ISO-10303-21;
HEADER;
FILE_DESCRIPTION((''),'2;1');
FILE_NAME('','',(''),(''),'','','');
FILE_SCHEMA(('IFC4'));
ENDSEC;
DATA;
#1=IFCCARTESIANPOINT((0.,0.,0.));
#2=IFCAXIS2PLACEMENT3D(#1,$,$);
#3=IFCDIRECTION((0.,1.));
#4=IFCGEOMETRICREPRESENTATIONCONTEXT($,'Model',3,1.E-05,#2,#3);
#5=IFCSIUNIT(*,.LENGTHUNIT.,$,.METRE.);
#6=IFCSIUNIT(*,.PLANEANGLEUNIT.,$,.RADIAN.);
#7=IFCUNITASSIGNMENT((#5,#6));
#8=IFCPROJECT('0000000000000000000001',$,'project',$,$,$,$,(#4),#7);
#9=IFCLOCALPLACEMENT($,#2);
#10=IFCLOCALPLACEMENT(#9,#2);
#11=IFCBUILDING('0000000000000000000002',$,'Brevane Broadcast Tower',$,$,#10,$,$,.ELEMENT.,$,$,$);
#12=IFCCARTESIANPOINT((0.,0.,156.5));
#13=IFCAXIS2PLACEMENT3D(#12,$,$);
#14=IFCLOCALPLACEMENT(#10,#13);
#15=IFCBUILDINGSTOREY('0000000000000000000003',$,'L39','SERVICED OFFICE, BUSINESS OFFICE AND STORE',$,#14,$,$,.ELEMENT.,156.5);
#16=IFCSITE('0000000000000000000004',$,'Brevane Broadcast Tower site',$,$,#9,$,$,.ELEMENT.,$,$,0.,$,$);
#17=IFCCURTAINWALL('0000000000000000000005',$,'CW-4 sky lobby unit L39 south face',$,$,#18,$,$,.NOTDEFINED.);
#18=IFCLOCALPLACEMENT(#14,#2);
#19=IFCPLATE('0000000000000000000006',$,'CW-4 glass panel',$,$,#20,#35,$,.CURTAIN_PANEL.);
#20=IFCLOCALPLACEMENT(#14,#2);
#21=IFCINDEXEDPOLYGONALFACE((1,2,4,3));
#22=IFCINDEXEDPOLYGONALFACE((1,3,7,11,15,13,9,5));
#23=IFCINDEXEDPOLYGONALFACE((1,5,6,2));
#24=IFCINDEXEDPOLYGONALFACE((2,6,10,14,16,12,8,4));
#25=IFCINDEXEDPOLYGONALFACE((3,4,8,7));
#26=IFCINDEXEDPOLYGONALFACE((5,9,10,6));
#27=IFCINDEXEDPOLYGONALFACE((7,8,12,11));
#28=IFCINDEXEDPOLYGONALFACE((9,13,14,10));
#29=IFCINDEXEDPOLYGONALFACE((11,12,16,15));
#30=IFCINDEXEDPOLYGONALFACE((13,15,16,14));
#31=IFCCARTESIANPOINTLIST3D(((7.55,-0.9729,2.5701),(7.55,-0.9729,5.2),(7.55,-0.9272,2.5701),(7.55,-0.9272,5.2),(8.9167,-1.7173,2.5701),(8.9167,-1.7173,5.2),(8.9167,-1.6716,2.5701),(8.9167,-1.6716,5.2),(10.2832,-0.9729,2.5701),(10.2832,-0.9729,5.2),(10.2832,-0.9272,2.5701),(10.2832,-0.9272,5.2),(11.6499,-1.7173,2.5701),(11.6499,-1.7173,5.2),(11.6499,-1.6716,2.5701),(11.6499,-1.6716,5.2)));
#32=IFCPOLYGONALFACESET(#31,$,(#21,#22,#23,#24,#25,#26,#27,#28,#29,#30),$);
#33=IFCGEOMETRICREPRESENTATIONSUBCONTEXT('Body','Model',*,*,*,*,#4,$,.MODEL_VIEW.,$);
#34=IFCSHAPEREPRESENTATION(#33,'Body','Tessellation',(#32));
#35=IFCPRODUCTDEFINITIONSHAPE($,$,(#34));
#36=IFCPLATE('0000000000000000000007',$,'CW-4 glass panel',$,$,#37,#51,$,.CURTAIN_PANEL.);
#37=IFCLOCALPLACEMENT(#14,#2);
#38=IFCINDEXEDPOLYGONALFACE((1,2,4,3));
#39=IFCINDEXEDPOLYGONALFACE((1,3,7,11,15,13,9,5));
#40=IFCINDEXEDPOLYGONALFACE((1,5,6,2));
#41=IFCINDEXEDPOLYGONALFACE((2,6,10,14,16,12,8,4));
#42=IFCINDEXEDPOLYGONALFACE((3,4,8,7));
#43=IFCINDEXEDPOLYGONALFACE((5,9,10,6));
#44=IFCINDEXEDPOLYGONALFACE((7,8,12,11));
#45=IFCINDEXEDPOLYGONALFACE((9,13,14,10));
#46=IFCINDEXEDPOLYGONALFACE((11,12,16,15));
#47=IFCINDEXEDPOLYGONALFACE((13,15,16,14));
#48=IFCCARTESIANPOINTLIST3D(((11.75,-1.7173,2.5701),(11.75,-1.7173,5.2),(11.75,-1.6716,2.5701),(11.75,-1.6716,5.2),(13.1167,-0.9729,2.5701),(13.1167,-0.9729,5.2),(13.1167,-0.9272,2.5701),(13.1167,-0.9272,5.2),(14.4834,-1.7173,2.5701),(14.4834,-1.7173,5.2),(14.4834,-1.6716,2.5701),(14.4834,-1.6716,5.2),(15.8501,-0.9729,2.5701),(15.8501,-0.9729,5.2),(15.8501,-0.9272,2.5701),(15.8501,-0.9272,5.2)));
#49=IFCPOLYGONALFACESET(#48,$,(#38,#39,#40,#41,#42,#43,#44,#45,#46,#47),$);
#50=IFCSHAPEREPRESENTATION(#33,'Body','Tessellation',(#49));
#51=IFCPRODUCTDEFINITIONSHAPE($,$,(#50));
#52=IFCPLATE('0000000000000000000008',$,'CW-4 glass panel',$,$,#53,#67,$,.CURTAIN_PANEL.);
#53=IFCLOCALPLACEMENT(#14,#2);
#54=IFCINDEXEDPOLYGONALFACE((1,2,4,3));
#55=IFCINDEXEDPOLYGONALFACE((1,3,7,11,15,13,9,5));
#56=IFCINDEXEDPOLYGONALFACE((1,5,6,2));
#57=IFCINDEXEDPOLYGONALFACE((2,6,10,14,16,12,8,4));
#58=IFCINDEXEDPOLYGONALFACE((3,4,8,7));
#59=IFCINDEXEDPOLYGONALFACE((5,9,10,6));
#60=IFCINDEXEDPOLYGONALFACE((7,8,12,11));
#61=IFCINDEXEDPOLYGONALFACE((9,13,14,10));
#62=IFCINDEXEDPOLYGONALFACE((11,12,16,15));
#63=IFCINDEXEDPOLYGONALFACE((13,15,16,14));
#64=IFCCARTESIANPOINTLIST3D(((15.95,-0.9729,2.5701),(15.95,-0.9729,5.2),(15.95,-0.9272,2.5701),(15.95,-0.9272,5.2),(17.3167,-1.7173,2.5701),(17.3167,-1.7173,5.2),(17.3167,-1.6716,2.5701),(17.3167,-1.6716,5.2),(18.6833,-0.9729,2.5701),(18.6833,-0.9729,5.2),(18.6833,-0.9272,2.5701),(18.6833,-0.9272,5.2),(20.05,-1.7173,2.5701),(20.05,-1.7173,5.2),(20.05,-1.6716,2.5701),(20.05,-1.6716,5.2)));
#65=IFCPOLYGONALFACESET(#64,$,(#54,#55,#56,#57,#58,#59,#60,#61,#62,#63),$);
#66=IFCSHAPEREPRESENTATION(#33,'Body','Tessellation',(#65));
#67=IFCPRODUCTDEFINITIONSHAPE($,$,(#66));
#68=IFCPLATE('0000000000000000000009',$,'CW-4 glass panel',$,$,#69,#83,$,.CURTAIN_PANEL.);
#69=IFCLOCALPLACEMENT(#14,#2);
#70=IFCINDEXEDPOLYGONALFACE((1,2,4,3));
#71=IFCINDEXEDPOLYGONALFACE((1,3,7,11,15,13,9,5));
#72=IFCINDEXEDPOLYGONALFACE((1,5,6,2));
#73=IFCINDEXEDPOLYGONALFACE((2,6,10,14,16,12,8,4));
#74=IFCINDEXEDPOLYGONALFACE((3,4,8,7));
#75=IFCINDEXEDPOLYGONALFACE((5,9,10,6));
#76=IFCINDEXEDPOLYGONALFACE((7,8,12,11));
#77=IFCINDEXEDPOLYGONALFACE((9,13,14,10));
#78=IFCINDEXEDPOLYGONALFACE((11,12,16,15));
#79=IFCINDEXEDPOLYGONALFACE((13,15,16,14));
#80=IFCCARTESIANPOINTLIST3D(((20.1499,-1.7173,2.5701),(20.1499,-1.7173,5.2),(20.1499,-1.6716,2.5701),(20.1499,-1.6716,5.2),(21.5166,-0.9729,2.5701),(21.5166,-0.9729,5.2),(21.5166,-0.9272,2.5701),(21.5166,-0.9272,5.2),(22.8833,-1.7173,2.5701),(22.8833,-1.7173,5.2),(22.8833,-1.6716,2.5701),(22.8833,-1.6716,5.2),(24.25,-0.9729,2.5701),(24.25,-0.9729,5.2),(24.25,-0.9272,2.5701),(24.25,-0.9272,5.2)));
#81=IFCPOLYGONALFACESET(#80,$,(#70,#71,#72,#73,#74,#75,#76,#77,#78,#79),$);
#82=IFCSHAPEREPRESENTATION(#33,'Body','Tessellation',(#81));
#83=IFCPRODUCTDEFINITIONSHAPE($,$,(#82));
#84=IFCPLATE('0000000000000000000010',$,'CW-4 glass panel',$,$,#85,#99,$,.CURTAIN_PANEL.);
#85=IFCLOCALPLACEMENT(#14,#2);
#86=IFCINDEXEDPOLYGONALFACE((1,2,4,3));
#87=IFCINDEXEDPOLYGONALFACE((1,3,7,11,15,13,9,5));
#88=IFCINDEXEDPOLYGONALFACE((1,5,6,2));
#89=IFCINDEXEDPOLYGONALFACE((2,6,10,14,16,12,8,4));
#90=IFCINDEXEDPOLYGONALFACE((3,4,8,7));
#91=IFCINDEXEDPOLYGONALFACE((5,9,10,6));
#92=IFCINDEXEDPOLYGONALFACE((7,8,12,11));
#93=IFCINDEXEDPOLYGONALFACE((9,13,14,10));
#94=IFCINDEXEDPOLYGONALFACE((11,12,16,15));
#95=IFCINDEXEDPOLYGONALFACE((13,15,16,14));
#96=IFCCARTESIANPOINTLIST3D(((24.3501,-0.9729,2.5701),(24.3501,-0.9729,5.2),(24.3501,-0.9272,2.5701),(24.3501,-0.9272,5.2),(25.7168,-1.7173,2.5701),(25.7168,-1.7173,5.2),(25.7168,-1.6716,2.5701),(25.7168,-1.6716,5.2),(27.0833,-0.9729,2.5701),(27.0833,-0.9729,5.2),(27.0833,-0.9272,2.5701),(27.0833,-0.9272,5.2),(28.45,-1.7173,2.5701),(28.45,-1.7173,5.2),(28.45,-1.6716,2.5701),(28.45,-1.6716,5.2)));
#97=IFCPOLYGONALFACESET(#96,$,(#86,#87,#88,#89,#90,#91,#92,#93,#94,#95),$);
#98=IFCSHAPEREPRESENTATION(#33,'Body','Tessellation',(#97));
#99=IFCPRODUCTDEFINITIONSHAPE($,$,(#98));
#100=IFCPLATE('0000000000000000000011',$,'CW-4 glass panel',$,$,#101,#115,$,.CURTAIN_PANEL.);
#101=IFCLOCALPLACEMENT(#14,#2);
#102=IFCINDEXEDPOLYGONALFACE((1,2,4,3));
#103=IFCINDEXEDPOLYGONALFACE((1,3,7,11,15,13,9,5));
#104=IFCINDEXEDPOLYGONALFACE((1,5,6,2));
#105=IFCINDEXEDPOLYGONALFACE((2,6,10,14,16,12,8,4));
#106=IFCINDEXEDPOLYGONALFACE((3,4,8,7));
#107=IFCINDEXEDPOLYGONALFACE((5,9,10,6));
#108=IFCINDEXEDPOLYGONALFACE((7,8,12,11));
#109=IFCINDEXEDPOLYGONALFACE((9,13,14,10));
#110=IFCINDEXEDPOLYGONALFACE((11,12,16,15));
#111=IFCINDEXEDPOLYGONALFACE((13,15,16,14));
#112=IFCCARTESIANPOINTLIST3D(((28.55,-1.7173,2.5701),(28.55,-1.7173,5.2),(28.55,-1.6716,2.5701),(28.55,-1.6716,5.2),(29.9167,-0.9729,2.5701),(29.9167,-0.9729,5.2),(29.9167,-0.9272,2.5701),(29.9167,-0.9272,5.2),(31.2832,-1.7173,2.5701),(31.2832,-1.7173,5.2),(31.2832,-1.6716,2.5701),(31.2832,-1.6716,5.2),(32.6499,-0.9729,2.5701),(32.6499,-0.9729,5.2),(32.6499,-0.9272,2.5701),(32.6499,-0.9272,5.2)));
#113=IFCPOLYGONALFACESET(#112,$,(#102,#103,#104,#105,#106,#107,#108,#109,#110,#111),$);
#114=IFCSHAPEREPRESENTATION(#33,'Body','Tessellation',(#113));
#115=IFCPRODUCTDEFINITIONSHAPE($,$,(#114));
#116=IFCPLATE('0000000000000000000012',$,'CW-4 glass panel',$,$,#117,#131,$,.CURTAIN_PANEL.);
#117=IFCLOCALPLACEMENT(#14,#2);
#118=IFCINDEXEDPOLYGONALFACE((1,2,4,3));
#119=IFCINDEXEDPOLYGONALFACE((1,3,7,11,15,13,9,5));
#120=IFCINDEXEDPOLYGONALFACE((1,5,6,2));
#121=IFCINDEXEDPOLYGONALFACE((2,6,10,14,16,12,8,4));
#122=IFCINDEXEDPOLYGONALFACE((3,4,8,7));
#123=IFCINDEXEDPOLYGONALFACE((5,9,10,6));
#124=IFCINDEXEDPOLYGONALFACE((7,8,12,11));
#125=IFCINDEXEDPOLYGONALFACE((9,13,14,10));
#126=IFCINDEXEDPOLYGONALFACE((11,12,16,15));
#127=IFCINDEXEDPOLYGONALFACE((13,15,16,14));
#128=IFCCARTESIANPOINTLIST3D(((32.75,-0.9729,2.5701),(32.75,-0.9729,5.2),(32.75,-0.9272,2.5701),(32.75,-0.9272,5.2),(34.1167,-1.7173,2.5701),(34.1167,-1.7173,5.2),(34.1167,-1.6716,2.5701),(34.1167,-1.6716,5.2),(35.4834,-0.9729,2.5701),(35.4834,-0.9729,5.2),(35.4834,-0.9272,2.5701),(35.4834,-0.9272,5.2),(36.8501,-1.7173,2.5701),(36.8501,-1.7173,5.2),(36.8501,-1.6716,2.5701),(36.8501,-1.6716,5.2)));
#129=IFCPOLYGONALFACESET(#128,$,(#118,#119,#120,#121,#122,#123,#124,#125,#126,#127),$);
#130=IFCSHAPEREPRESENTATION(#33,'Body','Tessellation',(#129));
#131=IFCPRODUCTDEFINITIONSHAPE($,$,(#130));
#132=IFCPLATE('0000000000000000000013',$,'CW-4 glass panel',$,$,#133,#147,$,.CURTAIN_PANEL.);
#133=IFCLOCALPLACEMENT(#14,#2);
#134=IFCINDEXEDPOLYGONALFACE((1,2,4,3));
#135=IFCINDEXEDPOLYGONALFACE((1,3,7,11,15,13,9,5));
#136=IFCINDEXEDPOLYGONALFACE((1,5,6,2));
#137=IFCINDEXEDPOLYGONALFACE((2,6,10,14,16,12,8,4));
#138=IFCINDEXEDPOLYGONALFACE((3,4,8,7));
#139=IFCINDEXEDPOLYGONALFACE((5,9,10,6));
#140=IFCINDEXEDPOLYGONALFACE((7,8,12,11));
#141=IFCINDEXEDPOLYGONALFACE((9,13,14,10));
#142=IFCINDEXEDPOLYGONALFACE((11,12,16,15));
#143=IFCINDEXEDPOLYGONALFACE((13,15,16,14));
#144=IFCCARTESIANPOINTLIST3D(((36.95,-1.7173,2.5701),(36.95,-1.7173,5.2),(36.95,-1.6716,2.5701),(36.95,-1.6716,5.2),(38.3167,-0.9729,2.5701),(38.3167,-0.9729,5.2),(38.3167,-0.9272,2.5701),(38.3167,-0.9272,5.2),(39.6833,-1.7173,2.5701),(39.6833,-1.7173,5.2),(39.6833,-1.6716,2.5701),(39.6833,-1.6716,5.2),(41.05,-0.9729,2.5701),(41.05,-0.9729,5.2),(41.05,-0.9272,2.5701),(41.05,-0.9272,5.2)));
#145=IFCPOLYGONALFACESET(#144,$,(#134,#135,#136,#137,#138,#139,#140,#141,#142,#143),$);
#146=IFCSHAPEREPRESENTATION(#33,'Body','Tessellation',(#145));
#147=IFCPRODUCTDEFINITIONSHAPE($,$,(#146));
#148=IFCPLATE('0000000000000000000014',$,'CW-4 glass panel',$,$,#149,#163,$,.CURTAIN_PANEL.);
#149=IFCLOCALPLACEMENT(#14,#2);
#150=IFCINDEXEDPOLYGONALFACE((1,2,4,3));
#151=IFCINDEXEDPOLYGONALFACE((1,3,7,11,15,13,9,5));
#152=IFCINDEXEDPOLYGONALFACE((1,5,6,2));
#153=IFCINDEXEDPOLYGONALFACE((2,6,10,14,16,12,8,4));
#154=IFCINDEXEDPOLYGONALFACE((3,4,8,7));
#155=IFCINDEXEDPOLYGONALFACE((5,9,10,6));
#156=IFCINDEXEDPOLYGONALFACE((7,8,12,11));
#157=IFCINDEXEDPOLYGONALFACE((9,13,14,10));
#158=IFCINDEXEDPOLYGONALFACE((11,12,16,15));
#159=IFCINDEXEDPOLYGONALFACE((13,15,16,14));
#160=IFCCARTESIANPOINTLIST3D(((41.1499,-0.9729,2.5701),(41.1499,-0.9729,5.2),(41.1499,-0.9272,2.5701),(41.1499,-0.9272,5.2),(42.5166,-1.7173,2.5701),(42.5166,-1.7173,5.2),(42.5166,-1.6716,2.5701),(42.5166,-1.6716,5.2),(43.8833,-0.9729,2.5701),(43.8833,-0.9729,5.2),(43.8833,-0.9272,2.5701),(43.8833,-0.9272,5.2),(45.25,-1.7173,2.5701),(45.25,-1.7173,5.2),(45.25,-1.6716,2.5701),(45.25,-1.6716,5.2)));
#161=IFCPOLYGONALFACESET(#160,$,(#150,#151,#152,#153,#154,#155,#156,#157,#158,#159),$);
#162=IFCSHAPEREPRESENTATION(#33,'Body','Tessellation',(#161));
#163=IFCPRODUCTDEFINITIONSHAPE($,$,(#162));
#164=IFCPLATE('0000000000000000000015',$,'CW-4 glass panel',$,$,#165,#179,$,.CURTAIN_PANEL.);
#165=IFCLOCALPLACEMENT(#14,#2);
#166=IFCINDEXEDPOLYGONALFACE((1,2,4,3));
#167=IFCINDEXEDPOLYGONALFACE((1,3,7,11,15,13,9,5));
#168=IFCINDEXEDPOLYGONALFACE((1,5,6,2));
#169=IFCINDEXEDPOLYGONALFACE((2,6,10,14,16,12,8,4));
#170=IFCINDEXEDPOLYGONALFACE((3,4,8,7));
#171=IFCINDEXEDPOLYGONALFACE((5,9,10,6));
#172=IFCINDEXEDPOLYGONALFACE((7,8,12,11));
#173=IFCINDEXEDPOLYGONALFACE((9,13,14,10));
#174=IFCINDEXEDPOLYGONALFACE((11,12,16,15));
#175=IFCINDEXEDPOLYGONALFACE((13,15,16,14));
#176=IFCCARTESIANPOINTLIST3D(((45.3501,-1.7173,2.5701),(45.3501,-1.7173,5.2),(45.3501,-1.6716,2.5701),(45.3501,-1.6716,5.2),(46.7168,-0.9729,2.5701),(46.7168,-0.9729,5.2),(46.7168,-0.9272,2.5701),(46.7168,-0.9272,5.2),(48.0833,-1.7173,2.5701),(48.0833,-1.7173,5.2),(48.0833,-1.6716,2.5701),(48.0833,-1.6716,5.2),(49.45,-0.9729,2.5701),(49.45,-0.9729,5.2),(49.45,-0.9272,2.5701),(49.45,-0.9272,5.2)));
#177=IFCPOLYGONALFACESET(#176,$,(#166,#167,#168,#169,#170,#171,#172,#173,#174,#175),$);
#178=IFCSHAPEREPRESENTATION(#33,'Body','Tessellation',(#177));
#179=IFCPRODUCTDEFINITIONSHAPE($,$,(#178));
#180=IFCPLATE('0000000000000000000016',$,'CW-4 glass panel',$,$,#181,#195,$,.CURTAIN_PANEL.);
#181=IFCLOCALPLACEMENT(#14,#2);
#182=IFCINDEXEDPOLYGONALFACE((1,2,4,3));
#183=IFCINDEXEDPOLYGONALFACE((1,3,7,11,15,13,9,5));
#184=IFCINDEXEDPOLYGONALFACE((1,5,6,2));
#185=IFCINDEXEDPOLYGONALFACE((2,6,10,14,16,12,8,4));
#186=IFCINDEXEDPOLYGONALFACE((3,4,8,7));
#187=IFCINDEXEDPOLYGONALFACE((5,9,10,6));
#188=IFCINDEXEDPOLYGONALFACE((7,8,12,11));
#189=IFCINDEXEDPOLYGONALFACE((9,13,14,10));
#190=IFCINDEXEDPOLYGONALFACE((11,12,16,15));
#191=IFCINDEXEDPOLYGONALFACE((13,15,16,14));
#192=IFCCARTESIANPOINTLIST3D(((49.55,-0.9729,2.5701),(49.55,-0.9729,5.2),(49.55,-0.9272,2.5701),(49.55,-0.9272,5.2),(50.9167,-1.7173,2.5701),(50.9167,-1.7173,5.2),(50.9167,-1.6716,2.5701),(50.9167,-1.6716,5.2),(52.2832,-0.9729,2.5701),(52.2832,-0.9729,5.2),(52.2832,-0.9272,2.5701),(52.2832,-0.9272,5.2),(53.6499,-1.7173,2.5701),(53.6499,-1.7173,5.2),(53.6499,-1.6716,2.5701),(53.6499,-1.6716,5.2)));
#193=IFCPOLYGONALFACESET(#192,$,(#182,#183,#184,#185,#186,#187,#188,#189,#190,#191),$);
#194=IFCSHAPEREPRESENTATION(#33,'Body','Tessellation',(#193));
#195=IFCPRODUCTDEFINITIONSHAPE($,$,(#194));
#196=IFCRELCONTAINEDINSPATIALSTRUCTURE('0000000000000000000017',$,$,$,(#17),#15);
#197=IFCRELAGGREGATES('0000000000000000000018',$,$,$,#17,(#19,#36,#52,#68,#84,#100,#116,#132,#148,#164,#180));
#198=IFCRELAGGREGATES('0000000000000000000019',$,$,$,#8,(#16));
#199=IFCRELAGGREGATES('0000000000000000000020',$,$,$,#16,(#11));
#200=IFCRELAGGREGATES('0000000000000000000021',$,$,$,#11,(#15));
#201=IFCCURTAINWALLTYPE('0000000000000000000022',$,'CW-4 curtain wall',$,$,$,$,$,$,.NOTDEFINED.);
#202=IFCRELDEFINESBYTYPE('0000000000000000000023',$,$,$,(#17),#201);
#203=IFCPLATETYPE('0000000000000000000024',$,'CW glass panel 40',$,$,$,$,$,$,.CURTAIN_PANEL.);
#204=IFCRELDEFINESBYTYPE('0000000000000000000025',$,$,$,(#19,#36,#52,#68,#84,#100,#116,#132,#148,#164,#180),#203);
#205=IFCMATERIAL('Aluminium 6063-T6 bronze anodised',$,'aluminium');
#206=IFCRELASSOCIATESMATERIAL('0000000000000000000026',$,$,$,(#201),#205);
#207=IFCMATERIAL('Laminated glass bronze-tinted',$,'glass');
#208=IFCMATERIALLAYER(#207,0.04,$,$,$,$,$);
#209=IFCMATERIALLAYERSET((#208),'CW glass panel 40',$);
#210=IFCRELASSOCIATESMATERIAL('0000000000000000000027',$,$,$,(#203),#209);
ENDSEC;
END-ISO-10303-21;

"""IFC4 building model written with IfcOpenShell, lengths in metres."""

from ifc_helpers import new_model, si_unit, direction, frame, origin, place, context, subcontext, project, spatial, polyline, outline, extrude, material, layer, layer_set, type_object, element, aggregate, save


model = new_model("IFC4")

# Units and contexts
model_context = context("Model", 3, precision=1e-05, world=origin(), true_north=direction((0.0, 1.0)))
body_context = subcontext(model_context, "Body", "Model", "MODEL_VIEW")
ifc_project = project(units=[si_unit("LENGTHUNIT", "METRE"), si_unit("PLANEANGLEUNIT", "RADIAN")], contexts=[model_context])

# Site, building, storey
site_placement = place(None, origin())
site = spatial("IfcSite", under=ifc_project, at=site_placement, Name="Brevane Broadcast Tower site", CompositionType="ELEMENT", RefElevation=0.0)
building_placement = place(site_placement, origin())
building = spatial("IfcBuilding", under=site, at=building_placement, Name="Brevane Broadcast Tower", CompositionType="ELEMENT")
storey_placement = place(building_placement, frame((0.0, 0.0, 156.5)))
storey = spatial("IfcBuildingStorey", under=building, at=storey_placement, Name="L39", Description="SERVICED OFFICE, BUSINESS OFFICE AND STORE", CompositionType="ELEMENT", Elevation=156.5)

# Curtain wall, plates
ifc_material_1 = material(Name="Aluminium 6063-T6 bronze anodised", Category="aluminium")
curtain_wall_type = type_object("IfcCurtainWallType", Name="CW-4 curtain wall", PredefinedType="NOTDEFINED", material=ifc_material_1)
curtain_wall_1_placement = place(storey_placement, origin())
curtain_wall_1 = element("IfcCurtainWall", 1, at=curtain_wall_1_placement, inside=storey, type_object=curtain_wall_type, Name="CW-4 sky lobby unit L39 south face", PredefinedType="NOTDEFINED")
ifc_material_2 = material(Name="Laminated glass bronze-tinted", Category="glass")
ifc_layer = layer(ifc_material_2, 0.04)
ifc_layer_set = layer_set([ifc_layer], Name="CW glass panel 40")
plate_type = type_object("IfcPlateType", Name="CW glass panel 40", PredefinedType="CURTAIN_PANEL", material=ifc_layer_set)
plate_1_placement = place(storey_placement, frame((0.0, 0.0, 2.5701)))
plate_1 = element("IfcPlate", 2, at=plate_1_placement, type_object=plate_type, Name="CW-4 glass panel", PredefinedType="CURTAIN_PANEL", context=body_context, shape_type="SweptSolid", body=[
    extrude(outline(polyline([(7.55, -0.9272), (7.55, -0.9729), (8.9167, -1.7173), (10.2832, -0.9729), (11.6499, -1.7173), (11.6499, -1.6716), (10.2832, -0.9272), (8.9167, -1.6716), (7.55, -0.9272)])), origin(), (0.0, 0.0, 1.0), 2.6299),
])
plate_2_placement = place(storey_placement, frame((0.0, 0.0, 2.5701)))
plate_2 = element("IfcPlate", 3, at=plate_2_placement, type_object=plate_type, Name="CW-4 glass panel", PredefinedType="CURTAIN_PANEL", context=body_context, shape_type="SweptSolid", body=[
    extrude(outline(polyline([(11.75, -1.6716), (11.75, -1.7173), (13.1167, -0.9729), (14.4834, -1.7173), (15.8501, -0.9729), (15.8501, -0.9272), (14.4834, -1.6716), (13.1167, -0.9272), (11.75, -1.6716)])), origin(), (0.0, 0.0, 1.0), 2.6299),
])
plate_3_placement = place(storey_placement, frame((0.0, 0.0, 2.5701)))
plate_3 = element("IfcPlate", 4, at=plate_3_placement, type_object=plate_type, Name="CW-4 glass panel", PredefinedType="CURTAIN_PANEL", context=body_context, shape_type="SweptSolid", body=[
    extrude(outline(polyline([(15.95, -0.9272), (15.95, -0.9729), (17.3167, -1.7173), (18.6833, -0.9729), (20.05, -1.7173), (20.05, -1.6716), (18.6833, -0.9272), (17.3167, -1.6716), (15.95, -0.9272)])), origin(), (0.0, 0.0, 1.0), 2.6299),
])
plate_4_placement = place(storey_placement, frame((0.0, 0.0, 2.5701)))
plate_4 = element("IfcPlate", 5, at=plate_4_placement, type_object=plate_type, Name="CW-4 glass panel", PredefinedType="CURTAIN_PANEL", context=body_context, shape_type="SweptSolid", body=[
    extrude(outline(polyline([(20.1499, -1.6716), (20.1499, -1.7173), (21.5166, -0.9729), (22.8833, -1.7173), (24.25, -0.9729), (24.25, -0.9272), (22.8833, -1.6716), (21.5166, -0.9272), (20.1499, -1.6716)])), origin(), (0.0, 0.0, 1.0), 2.6299),
])
plate_5_placement = place(storey_placement, frame((0.0, 0.0, 2.5701)))
plate_5 = element("IfcPlate", 6, at=plate_5_placement, type_object=plate_type, Name="CW-4 glass panel", PredefinedType="CURTAIN_PANEL", context=body_context, shape_type="SweptSolid", body=[
    extrude(outline(polyline([(24.3501, -0.9272), (24.3501, -0.9729), (25.7168, -1.7173), (27.0833, -0.9729), (28.45, -1.7173), (28.45, -1.6716), (27.0833, -0.9272), (25.7168, -1.6716), (24.3501, -0.9272)])), origin(), (0.0, 0.0, 1.0), 2.6299),
])
plate_6_placement = place(storey_placement, frame((0.0, 0.0, 2.5701)))
plate_6 = element("IfcPlate", 7, at=plate_6_placement, type_object=plate_type, Name="CW-4 glass panel", PredefinedType="CURTAIN_PANEL", context=body_context, shape_type="SweptSolid", body=[
    extrude(outline(polyline([(28.55, -1.6716), (28.55, -1.7173), (29.9167, -0.9729), (31.2832, -1.7173), (32.6499, -0.9729), (32.6499, -0.9272), (31.2832, -1.6716), (29.9167, -0.9272), (28.55, -1.6716)])), origin(), (0.0, 0.0, 1.0), 2.6299),
])
plate_7_placement = place(storey_placement, frame((0.0, 0.0, 2.5701)))
plate_7 = element("IfcPlate", 8, at=plate_7_placement, type_object=plate_type, Name="CW-4 glass panel", PredefinedType="CURTAIN_PANEL", context=body_context, shape_type="SweptSolid", body=[
    extrude(outline(polyline([(32.75, -0.9272), (32.75, -0.9729), (34.1167, -1.7173), (35.4834, -0.9729), (36.8501, -1.7173), (36.8501, -1.6716), (35.4834, -0.9272), (34.1167, -1.6716), (32.75, -0.9272)])), origin(), (0.0, 0.0, 1.0), 2.6299),
])
plate_8_placement = place(storey_placement, frame((0.0, 0.0, 2.5701)))
plate_8 = element("IfcPlate", 9, at=plate_8_placement, type_object=plate_type, Name="CW-4 glass panel", PredefinedType="CURTAIN_PANEL", context=body_context, shape_type="SweptSolid", body=[
    extrude(outline(polyline([(36.95, -1.6716), (36.95, -1.7173), (38.3167, -0.9729), (39.6833, -1.7173), (41.05, -0.9729), (41.05, -0.9272), (39.6833, -1.6716), (38.3167, -0.9272), (36.95, -1.6716)])), origin(), (0.0, 0.0, 1.0), 2.6299),
])
plate_9_placement = place(storey_placement, frame((0.0, 0.0, 2.5701)))
plate_9 = element("IfcPlate", 10, at=plate_9_placement, type_object=plate_type, Name="CW-4 glass panel", PredefinedType="CURTAIN_PANEL", context=body_context, shape_type="SweptSolid", body=[
    extrude(outline(polyline([(41.1499, -0.9272), (41.1499, -0.9729), (42.5166, -1.7173), (43.8833, -0.9729), (45.25, -1.7173), (45.25, -1.6716), (43.8833, -0.9272), (42.5166, -1.6716), (41.1499, -0.9272)])), origin(), (0.0, 0.0, 1.0), 2.6299),
])
plate_10_placement = place(storey_placement, frame((0.0, 0.0, 2.5701)))
plate_10 = element("IfcPlate", 11, at=plate_10_placement, type_object=plate_type, Name="CW-4 glass panel", PredefinedType="CURTAIN_PANEL", context=body_context, shape_type="SweptSolid", body=[
    extrude(outline(polyline([(45.3501, -1.6716), (45.3501, -1.7173), (46.7168, -0.9729), (48.0833, -1.7173), (49.45, -0.9729), (49.45, -0.9272), (48.0833, -1.6716), (46.7168, -0.9272), (45.3501, -1.6716)])), origin(), (0.0, 0.0, 1.0), 2.6299),
])
plate_11_placement = place(storey_placement, frame((0.0, 0.0, 2.5701)))
plate_11 = element("IfcPlate", 12, at=plate_11_placement, type_object=plate_type, Name="CW-4 glass panel", PredefinedType="CURTAIN_PANEL", context=body_context, shape_type="SweptSolid", body=[
    extrude(outline(polyline([(49.55, -0.9272), (49.55, -0.9729), (50.9167, -1.7173), (52.2832, -0.9729), (53.6499, -1.7173), (53.6499, -1.6716), (52.2832, -0.9272), (50.9167, -1.6716), (49.55, -0.9272)])), origin(), (0.0, 0.0, 1.0), 2.6299),
])
aggregate(curtain_wall_1, [plate_1, plate_2, plate_3, plate_4, plate_5, plate_6, plate_7, plate_8, plate_9, plate_10, plate_11])

save(model, "model.ifc")
